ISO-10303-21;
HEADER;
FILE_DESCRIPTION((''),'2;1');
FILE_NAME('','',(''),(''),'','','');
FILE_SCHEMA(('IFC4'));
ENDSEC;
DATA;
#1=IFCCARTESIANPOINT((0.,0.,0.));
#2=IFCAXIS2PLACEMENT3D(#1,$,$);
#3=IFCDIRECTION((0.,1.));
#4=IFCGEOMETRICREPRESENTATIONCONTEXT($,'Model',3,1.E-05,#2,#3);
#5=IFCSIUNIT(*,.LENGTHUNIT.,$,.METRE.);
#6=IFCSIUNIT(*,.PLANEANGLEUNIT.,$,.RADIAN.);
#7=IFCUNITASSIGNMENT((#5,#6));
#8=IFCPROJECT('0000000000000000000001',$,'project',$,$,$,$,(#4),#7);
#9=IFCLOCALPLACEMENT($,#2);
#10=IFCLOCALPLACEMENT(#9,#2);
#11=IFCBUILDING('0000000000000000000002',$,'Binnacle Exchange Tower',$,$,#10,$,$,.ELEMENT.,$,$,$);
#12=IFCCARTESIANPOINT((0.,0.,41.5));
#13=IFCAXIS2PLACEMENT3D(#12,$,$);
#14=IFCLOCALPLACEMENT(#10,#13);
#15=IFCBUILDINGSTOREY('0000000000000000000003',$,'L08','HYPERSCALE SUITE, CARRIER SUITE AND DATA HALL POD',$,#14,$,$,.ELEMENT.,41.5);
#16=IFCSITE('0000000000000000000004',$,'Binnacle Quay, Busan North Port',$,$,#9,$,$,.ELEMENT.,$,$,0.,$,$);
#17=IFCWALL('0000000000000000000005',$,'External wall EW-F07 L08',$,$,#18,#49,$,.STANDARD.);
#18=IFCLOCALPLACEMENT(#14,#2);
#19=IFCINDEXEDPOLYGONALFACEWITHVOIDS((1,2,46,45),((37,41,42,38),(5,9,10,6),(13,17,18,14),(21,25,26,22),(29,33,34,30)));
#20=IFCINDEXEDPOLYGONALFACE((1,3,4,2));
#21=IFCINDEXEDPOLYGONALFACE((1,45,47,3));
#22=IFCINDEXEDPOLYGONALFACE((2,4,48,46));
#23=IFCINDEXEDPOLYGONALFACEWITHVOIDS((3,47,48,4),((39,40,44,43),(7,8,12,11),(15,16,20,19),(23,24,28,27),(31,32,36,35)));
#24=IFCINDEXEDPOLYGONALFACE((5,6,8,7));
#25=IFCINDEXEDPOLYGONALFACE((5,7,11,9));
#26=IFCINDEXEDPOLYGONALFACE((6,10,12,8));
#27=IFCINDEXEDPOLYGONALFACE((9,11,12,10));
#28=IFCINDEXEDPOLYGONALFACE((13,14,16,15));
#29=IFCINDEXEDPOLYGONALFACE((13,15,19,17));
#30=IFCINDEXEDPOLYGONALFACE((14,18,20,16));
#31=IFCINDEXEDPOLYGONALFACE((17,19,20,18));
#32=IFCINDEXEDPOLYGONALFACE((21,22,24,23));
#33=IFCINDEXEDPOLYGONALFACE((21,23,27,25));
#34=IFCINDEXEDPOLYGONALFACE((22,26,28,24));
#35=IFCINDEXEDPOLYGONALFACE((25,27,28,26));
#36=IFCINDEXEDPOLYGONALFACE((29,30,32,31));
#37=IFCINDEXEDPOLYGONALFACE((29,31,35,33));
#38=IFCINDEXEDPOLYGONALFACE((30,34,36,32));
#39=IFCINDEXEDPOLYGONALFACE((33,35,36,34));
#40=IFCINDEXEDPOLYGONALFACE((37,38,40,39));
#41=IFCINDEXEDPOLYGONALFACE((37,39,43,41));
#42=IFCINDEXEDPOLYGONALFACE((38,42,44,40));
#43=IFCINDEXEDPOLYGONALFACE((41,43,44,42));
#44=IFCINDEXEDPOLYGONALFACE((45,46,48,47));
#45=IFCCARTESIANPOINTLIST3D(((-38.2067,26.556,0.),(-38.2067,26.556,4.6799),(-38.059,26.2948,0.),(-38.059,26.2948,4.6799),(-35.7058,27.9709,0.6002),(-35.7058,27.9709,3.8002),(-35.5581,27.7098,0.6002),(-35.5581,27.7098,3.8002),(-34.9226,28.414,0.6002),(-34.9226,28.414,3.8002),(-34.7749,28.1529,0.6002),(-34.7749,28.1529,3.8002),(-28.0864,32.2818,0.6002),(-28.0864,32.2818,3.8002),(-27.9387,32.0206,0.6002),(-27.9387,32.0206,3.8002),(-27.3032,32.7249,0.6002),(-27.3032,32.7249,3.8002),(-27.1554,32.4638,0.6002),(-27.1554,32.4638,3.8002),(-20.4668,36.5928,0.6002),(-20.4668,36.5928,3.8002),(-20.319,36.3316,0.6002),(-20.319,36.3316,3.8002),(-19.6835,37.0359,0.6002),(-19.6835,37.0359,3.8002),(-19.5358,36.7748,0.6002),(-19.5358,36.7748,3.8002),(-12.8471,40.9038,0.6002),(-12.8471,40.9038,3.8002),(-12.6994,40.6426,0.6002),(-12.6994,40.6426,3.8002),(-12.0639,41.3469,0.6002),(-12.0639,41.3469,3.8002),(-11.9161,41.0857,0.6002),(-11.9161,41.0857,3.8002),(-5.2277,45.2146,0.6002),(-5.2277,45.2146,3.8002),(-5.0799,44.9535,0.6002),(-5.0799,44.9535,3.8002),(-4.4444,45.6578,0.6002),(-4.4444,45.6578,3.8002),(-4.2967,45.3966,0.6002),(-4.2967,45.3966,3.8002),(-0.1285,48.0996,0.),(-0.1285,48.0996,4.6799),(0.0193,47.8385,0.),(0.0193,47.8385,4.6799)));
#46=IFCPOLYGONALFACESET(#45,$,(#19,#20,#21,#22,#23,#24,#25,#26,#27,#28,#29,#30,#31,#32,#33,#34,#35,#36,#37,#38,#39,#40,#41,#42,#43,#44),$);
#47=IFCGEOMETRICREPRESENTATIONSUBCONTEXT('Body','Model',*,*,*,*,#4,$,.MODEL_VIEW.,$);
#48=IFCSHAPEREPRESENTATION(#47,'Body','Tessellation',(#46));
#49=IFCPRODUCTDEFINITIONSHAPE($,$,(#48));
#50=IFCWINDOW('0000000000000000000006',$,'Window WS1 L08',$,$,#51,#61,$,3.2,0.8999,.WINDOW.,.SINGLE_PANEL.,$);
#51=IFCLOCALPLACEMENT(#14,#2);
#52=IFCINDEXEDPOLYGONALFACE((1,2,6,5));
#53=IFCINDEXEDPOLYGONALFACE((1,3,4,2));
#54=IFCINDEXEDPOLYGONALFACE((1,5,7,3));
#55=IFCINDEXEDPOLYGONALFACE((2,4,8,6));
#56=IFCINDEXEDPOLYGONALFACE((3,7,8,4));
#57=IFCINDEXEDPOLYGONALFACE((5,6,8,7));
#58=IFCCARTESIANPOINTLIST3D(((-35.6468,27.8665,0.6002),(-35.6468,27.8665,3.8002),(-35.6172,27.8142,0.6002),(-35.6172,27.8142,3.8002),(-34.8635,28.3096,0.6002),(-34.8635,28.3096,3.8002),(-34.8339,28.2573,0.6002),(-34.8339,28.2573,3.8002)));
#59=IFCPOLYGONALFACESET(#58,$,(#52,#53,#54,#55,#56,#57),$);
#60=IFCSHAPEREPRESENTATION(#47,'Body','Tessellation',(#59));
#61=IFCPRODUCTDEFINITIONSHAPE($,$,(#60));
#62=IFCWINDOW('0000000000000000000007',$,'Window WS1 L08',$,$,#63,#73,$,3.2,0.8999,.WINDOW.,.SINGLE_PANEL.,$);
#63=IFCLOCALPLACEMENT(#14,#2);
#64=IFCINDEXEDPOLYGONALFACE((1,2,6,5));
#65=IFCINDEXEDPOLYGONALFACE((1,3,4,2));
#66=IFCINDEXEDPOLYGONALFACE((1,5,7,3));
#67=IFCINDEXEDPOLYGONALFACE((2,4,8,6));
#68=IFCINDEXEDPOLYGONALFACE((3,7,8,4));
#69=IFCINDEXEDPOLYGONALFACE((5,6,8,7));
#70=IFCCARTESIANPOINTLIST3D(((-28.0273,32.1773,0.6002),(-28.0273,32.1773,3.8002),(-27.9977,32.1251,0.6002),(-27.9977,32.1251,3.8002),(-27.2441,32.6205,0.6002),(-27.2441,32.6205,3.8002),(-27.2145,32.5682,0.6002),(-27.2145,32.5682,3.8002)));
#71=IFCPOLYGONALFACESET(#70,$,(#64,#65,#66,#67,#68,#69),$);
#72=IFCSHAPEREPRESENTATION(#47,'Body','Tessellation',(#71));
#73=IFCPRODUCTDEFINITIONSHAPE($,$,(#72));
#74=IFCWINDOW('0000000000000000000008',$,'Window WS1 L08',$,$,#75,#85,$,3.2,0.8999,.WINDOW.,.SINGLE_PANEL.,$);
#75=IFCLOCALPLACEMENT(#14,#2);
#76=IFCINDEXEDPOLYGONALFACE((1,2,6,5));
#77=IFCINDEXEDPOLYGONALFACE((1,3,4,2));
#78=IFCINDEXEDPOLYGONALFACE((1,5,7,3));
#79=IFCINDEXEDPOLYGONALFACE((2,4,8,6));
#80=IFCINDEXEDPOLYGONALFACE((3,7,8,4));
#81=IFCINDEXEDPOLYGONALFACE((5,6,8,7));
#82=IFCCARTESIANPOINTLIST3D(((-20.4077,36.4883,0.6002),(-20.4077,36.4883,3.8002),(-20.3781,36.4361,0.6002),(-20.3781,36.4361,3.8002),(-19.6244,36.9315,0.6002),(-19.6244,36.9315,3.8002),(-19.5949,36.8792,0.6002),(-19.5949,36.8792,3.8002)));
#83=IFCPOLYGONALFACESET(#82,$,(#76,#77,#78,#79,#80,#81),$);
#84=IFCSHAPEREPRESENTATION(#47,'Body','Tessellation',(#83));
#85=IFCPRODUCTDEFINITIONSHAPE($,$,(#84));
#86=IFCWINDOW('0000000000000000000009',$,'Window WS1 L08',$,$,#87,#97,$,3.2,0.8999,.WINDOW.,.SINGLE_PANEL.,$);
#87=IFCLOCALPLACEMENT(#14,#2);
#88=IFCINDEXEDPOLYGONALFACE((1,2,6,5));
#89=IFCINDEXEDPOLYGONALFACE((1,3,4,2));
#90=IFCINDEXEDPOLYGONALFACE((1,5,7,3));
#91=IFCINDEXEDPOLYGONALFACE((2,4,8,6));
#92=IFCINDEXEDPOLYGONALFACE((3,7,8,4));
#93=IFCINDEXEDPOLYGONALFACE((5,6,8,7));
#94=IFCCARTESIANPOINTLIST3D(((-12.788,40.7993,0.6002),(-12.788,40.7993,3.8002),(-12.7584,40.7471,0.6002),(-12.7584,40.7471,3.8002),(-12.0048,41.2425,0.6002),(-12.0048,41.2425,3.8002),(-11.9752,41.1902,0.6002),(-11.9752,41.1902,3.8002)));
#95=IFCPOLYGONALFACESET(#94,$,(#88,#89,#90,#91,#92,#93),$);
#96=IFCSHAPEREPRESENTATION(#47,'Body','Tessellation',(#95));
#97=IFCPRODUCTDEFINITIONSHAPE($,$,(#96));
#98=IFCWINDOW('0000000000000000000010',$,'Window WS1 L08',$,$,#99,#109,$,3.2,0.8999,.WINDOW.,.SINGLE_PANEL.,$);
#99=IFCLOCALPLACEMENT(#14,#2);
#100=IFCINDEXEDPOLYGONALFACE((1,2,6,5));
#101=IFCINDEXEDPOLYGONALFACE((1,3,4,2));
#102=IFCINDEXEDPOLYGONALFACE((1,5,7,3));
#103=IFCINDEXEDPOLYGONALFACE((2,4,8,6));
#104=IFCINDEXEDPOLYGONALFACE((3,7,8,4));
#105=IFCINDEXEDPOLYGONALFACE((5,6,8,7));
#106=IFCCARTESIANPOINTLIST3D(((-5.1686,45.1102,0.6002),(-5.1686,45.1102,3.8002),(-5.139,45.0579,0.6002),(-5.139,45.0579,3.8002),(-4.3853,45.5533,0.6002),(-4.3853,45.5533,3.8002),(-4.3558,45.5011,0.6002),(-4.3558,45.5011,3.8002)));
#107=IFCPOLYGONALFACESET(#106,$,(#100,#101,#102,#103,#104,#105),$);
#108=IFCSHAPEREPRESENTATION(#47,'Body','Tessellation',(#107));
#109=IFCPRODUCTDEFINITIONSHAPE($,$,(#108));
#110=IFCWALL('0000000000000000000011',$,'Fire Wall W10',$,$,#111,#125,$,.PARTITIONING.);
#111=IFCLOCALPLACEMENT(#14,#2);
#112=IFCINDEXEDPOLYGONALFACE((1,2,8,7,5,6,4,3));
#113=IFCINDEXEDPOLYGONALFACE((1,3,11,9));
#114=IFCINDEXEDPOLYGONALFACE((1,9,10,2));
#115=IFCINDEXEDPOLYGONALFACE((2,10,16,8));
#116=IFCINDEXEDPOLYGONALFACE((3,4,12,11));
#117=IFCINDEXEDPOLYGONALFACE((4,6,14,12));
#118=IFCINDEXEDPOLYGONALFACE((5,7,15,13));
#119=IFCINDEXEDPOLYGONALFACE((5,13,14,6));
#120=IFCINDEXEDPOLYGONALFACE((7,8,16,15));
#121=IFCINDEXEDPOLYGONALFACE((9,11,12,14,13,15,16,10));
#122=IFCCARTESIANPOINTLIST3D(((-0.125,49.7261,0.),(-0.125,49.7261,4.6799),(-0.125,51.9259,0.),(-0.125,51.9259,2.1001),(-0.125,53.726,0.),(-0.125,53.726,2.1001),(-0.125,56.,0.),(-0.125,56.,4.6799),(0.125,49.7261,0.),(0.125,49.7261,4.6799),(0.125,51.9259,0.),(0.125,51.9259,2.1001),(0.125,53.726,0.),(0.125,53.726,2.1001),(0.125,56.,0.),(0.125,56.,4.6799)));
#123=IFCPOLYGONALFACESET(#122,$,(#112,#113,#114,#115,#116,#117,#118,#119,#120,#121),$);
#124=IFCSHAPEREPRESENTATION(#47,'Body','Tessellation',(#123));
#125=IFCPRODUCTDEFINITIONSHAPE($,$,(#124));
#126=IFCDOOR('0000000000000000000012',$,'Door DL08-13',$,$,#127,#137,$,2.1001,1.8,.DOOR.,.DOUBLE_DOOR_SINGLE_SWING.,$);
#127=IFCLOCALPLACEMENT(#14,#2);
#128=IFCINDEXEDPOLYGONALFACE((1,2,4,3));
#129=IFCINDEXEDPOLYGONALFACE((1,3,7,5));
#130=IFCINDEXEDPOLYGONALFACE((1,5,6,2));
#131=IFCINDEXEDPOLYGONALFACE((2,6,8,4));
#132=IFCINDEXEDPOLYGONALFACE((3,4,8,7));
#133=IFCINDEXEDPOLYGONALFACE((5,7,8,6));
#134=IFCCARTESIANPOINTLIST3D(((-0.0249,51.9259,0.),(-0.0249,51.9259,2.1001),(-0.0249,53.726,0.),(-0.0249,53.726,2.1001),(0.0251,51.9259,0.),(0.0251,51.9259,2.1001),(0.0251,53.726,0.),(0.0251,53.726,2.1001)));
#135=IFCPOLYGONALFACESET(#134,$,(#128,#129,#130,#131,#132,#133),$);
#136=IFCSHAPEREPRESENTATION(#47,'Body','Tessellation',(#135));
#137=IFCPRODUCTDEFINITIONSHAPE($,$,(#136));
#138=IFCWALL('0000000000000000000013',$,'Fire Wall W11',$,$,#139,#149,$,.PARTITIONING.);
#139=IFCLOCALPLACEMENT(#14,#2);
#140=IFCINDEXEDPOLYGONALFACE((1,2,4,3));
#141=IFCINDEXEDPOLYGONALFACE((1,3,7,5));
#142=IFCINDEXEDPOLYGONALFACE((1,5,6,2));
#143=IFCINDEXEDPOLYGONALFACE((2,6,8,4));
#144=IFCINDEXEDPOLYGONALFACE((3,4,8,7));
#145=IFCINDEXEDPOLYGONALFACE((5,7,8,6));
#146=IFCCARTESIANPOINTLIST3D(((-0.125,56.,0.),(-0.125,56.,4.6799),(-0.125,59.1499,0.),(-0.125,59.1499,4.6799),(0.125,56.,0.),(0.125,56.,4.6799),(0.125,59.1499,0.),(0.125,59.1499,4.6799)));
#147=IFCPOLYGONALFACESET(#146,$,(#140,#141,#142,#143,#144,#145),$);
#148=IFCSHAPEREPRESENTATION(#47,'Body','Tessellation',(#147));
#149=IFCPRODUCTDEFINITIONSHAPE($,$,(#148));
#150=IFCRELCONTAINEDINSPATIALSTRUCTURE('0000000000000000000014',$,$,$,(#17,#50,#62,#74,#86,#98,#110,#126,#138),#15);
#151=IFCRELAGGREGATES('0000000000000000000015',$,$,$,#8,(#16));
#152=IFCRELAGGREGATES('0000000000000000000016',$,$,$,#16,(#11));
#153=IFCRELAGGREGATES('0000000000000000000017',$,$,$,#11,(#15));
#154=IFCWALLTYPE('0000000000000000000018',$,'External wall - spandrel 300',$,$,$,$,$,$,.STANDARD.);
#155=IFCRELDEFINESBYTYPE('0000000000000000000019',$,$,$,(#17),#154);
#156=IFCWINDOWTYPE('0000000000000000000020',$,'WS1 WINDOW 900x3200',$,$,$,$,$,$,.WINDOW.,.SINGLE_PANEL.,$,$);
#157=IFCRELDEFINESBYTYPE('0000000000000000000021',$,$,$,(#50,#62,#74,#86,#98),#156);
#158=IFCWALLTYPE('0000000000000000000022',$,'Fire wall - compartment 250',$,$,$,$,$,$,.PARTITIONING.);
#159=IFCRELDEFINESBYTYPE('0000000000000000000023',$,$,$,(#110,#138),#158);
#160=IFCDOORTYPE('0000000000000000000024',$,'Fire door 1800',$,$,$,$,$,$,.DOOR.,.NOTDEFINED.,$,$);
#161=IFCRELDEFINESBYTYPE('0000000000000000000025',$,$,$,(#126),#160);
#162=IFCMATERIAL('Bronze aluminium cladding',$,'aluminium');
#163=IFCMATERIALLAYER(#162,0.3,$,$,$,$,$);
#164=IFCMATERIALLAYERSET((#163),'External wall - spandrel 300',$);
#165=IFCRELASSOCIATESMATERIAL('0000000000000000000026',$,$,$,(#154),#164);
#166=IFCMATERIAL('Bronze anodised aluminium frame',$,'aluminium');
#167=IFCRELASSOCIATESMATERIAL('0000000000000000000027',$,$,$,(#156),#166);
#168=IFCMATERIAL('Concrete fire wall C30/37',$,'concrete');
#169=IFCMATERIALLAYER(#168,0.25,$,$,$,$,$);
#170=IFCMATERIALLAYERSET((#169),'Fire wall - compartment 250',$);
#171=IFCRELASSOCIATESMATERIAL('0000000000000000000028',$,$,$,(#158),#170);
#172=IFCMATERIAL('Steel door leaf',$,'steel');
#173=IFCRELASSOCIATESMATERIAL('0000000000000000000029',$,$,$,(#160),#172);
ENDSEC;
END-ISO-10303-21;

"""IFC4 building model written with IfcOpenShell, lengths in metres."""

from ifc_helpers import new_model, si_unit, direction, frame, frame_2d, origin, place, context, subcontext, project, spatial, rectangle, extrude, material, layer, layer_set, type_object, element, fill, save


model = new_model("IFC4")

# Units and contexts
model_context = context("Model", 3, precision=1e-05, world=origin(), true_north=direction((0.0, 1.0)))
body_context = subcontext(model_context, "Body", "Model", "MODEL_VIEW")
ifc_project = project(units=[si_unit("LENGTHUNIT", "METRE"), si_unit("PLANEANGLEUNIT", "RADIAN")], contexts=[model_context])

# Site, building, storey
site_placement = place(None, origin())
site = spatial("IfcSite", under=ifc_project, at=site_placement, Name="Binnacle Quay, Busan North Port", CompositionType="ELEMENT", RefElevation=0.0)
building_placement = place(site_placement, origin())
building = spatial("IfcBuilding", under=site, at=building_placement, Name="Binnacle Exchange Tower", CompositionType="ELEMENT")
storey_placement = place(building_placement, frame((0.0, 0.0, 41.5)))
storey = spatial("IfcBuildingStorey", under=building, at=storey_placement, Name="L08", Description="HYPERSCALE SUITE, CARRIER SUITE AND DATA HALL POD", CompositionType="ELEMENT", Elevation=41.5)

# Shared definitions
ifc_material_1 = material(Name="Steel door leaf", Category="steel")

# Wall, openings, windows
ifc_material_2 = material(Name="Bronze aluminium cladding", Category="aluminium")
ifc_layer_1 = layer(ifc_material_2, 0.3)
ifc_layer_set_1 = layer_set([ifc_layer_1], Name="External wall - spandrel 300")
wall_type_1 = type_object("IfcWallType", Name="External wall - spandrel 300", PredefinedType="STANDARD", material=ifc_layer_set_1)
wall_1_placement = place(storey_placement, frame((-0.0547, 47.969, 0.0), z_axis=(0.0, 0.0, 1.0), x_axis=(-0.870356, -0.492423, 0.0)))
wall_1 = element("IfcWall", 1, at=wall_1_placement, inside=storey, type_object=wall_type_1, Name="External wall EW-F07 L08", PredefinedType="STANDARD", context=body_context, shape_type="SweptSolid", body=[
    extrude(rectangle(XDim=43.7502, YDim=0.3, at=frame_2d((21.875, 0.0))), origin(), (0.0, 0.0, 1.0), 4.6799),
])
opening_1_placement = place(wall_1_placement, frame((39.9768, 0.0, 0.6001)))
opening_1 = element("IfcOpeningElement", 2, at=opening_1_placement, cuts=wall_1, PredefinedType="OPENING", context=body_context, shape_type="SweptSolid", body=[
    extrude(rectangle(XDim=0.8999, YDim=3.2, at=frame_2d((0.45, 1.6001))), frame((0.0, 0.1599, 0.0), z_axis=(0.0, -1.0, 0.0), x_axis=(1.0, 0.0, 0.0)), (0.0, 0.0, 1.0), 0.3201),
])
opening_2_placement = place(wall_1_placement, frame((31.2224, 0.0, 0.6001)))
opening_2 = element("IfcOpeningElement", 3, at=opening_2_placement, cuts=wall_1, PredefinedType="OPENING", context=body_context, shape_type="SweptSolid", body=[
    extrude(rectangle(XDim=0.8999, YDim=3.2, at=frame_2d((0.45, 1.6001))), frame((0.0, 0.1599, 0.0), z_axis=(0.0, -1.0, 0.0), x_axis=(1.0, 0.0, 0.0)), (0.0, 0.0, 1.0), 0.3201),
])
opening_3_placement = place(wall_1_placement, frame((22.4678, 0.0, 0.6001)))
opening_3 = element("IfcOpeningElement", 4, at=opening_3_placement, cuts=wall_1, PredefinedType="OPENING", context=body_context, shape_type="SweptSolid", body=[
    extrude(rectangle(XDim=0.8999, YDim=3.2, at=frame_2d((0.45, 1.6001))), frame((0.0, 0.1599, 0.0), z_axis=(0.0, -1.0, 0.0), x_axis=(1.0, 0.0, 0.0)), (0.0, 0.0, 1.0), 0.3201),
])
opening_4_placement = place(wall_1_placement, frame((13.7131, 0.0, 0.6001)))
opening_4 = element("IfcOpeningElement", 5, at=opening_4_placement, cuts=wall_1, PredefinedType="OPENING", context=body_context, shape_type="SweptSolid", body=[
    extrude(rectangle(XDim=0.8999, YDim=3.2, at=frame_2d((0.45, 1.6001))), frame((0.0, 0.1599, 0.0), z_axis=(0.0, -1.0, 0.0), x_axis=(1.0, 0.0, 0.0)), (0.0, 0.0, 1.0), 0.3201),
])
opening_5_placement = place(wall_1_placement, frame((4.9587, 0.0, 0.6001)))
opening_5 = element("IfcOpeningElement", 6, at=opening_5_placement, cuts=wall_1, PredefinedType="OPENING", context=body_context, shape_type="SweptSolid", body=[
    extrude(rectangle(XDim=0.8999, YDim=3.2, at=frame_2d((0.45, 1.6001))), frame((0.0, 0.1599, 0.0), z_axis=(0.0, -1.0, 0.0), x_axis=(1.0, 0.0, 0.0)), (0.0, 0.0, 1.0), 0.3201),
])
ifc_material_3 = material(Name="Bronze anodised aluminium frame", Category="aluminium")
window_type = type_object("IfcWindowType", Name="WS1 WINDOW 900x3200", PartitioningType="SINGLE_PANEL", PredefinedType="WINDOW", material=ifc_material_3)
window_1_placement = place(opening_1_placement, origin())
window_1 = element("IfcWindow", 7, at=window_1_placement, inside=storey, type_object=window_type, Name="Window WS1 L08", OverallHeight=3.2, OverallWidth=0.8999, PartitioningType="SINGLE_PANEL", PredefinedType="WINDOW", context=body_context, shape_type="SweptSolid", body=[
    extrude(rectangle(XDim=0.8999, YDim=3.2, at=frame_2d((0.45, 1.6001))), frame((0.0, 0.03, 0.0), z_axis=(0.0, -1.0, 0.0), x_axis=(1.0, 0.0, 0.0)), (0.0, 0.0, 1.0), 0.0601),
])
fill(opening_1, window_1)
window_2_placement = place(opening_2_placement, origin())
window_2 = element("IfcWindow", 8, at=window_2_placement, inside=storey, type_object=window_type, Name="Window WS1 L08", OverallHeight=3.2, OverallWidth=0.8999, PartitioningType="SINGLE_PANEL", PredefinedType="WINDOW", context=body_context, shape_type="SweptSolid", body=[
    extrude(rectangle(XDim=0.8999, YDim=3.2, at=frame_2d((0.45, 1.6001))), frame((0.0, 0.03, 0.0), z_axis=(0.0, -1.0, 0.0), x_axis=(1.0, 0.0, 0.0)), (0.0, 0.0, 1.0), 0.0601),
])
fill(opening_2, window_2)
window_3_placement = place(opening_3_placement, origin())
window_3 = element("IfcWindow", 9, at=window_3_placement, inside=storey, type_object=window_type, Name="Window WS1 L08", OverallHeight=3.2, OverallWidth=0.8999, PartitioningType="SINGLE_PANEL", PredefinedType="WINDOW", context=body_context, shape_type="SweptSolid", body=[
    extrude(rectangle(XDim=0.8999, YDim=3.2, at=frame_2d((0.45, 1.6001))), frame((0.0, 0.03, 0.0), z_axis=(0.0, -1.0, 0.0), x_axis=(1.0, 0.0, 0.0)), (0.0, 0.0, 1.0), 0.0601),
])
fill(opening_3, window_3)
window_4_placement = place(opening_4_placement, origin())
window_4 = element("IfcWindow", 10, at=window_4_placement, inside=storey, type_object=window_type, Name="Window WS1 L08", OverallHeight=3.2, OverallWidth=0.8999, PartitioningType="SINGLE_PANEL", PredefinedType="WINDOW", context=body_context, shape_type="SweptSolid", body=[
    extrude(rectangle(XDim=0.8999, YDim=3.2, at=frame_2d((0.45, 1.6001))), frame((0.0, 0.03, 0.0), z_axis=(0.0, -1.0, 0.0), x_axis=(1.0, 0.0, 0.0)), (0.0, 0.0, 1.0), 0.0601),
])
fill(opening_4, window_4)
window_5_placement = place(opening_5_placement, origin())
window_5 = element("IfcWindow", 11, at=window_5_placement, inside=storey, type_object=window_type, Name="Window WS1 L08", OverallHeight=3.2, OverallWidth=0.8999, PartitioningType="SINGLE_PANEL", PredefinedType="WINDOW", context=body_context, shape_type="SweptSolid", body=[
    extrude(rectangle(XDim=0.8999, YDim=3.2, at=frame_2d((0.45, 1.6001))), frame((0.0, 0.03, 0.0), z_axis=(0.0, -1.0, 0.0), x_axis=(1.0, 0.0, 0.0)), (0.0, 0.0, 1.0), 0.0601),
])
fill(opening_5, window_5)

# Wall, opening, door
ifc_material_4 = material(Name="Concrete fire wall C30/37", Category="concrete")
ifc_layer_2 = layer(ifc_material_4, 0.25)
ifc_layer_set_2 = layer_set([ifc_layer_2], Name="Fire wall - compartment 250")
wall_type_2 = type_object("IfcWallType", Name="Fire wall - compartment 250", PredefinedType="PARTITIONING", material=ifc_layer_set_2)
wall_2_placement = place(storey_placement, frame((0.0, 49.7261, 0.0), z_axis=(0.0, 0.0, 1.0), x_axis=(0.0, 1.0, 0.0)))
wall_2 = element("IfcWall", 12, at=wall_2_placement, inside=storey, type_object=wall_type_2, Name="Fire Wall W10", PredefinedType="PARTITIONING", context=body_context, shape_type="SweptSolid", body=[
    extrude(rectangle(XDim=6.2739, YDim=0.25, at=frame_2d((3.137, 0.0))), origin(), (0.0, 0.0, 1.0), 4.6799),
])
opening_6_placement = place(wall_2_placement, frame((2.2, 0.0, 0.0)))
opening_6 = element("IfcOpeningElement", 13, at=opening_6_placement, cuts=wall_2, PredefinedType="OPENING", context=body_context, shape_type="SweptSolid", body=[
    extrude(rectangle(XDim=1.8, YDim=2.1001, at=frame_2d((0.8999, 1.05))), frame((0.0, 0.135, 0.0), z_axis=(0.0, -1.0, 0.0), x_axis=(1.0, 0.0, 0.0)), (0.0, 0.0, 1.0), 0.27),
])
door_type_1 = type_object("IfcDoorType", Name="Fire door 1800", OperationType="NOTDEFINED", PredefinedType="DOOR", material=ifc_material_1)
door_1_placement = place(opening_6_placement, origin())
door_1 = element("IfcDoor", 14, at=door_1_placement, inside=storey, type_object=door_type_1, Name="Door DL08-13", OperationType="DOUBLE_DOOR_SINGLE_SWING", OverallHeight=2.1001, OverallWidth=1.8, PredefinedType="DOOR", context=body_context, shape_type="SweptSolid", body=[
    extrude(rectangle(XDim=1.8, YDim=2.1001, at=frame_2d((0.8999, 1.05))), frame((0.0, 0.0249, 0.0), z_axis=(0.0, -1.0, 0.0), x_axis=(1.0, 0.0, 0.0)), (0.0, 0.0, 1.0), 0.05),
])
fill(opening_6, door_1)

# Wall
wall_3_placement = place(storey_placement, frame((0.0, 56.0, 0.0), z_axis=(0.0, 0.0, 1.0), x_axis=(0.0, 1.0, 0.0)))
element("IfcWall", 15, at=wall_3_placement, inside=storey, type_object=wall_type_2, Name="Fire Wall W11", PredefinedType="PARTITIONING", context=body_context, shape_type="SweptSolid", body=[
    extrude(rectangle(XDim=3.1499, YDim=0.25, at=frame_2d((1.575, 0.0))), origin(), (0.0, 0.0, 1.0), 4.6799),
])

save(model, "model.ifc")
